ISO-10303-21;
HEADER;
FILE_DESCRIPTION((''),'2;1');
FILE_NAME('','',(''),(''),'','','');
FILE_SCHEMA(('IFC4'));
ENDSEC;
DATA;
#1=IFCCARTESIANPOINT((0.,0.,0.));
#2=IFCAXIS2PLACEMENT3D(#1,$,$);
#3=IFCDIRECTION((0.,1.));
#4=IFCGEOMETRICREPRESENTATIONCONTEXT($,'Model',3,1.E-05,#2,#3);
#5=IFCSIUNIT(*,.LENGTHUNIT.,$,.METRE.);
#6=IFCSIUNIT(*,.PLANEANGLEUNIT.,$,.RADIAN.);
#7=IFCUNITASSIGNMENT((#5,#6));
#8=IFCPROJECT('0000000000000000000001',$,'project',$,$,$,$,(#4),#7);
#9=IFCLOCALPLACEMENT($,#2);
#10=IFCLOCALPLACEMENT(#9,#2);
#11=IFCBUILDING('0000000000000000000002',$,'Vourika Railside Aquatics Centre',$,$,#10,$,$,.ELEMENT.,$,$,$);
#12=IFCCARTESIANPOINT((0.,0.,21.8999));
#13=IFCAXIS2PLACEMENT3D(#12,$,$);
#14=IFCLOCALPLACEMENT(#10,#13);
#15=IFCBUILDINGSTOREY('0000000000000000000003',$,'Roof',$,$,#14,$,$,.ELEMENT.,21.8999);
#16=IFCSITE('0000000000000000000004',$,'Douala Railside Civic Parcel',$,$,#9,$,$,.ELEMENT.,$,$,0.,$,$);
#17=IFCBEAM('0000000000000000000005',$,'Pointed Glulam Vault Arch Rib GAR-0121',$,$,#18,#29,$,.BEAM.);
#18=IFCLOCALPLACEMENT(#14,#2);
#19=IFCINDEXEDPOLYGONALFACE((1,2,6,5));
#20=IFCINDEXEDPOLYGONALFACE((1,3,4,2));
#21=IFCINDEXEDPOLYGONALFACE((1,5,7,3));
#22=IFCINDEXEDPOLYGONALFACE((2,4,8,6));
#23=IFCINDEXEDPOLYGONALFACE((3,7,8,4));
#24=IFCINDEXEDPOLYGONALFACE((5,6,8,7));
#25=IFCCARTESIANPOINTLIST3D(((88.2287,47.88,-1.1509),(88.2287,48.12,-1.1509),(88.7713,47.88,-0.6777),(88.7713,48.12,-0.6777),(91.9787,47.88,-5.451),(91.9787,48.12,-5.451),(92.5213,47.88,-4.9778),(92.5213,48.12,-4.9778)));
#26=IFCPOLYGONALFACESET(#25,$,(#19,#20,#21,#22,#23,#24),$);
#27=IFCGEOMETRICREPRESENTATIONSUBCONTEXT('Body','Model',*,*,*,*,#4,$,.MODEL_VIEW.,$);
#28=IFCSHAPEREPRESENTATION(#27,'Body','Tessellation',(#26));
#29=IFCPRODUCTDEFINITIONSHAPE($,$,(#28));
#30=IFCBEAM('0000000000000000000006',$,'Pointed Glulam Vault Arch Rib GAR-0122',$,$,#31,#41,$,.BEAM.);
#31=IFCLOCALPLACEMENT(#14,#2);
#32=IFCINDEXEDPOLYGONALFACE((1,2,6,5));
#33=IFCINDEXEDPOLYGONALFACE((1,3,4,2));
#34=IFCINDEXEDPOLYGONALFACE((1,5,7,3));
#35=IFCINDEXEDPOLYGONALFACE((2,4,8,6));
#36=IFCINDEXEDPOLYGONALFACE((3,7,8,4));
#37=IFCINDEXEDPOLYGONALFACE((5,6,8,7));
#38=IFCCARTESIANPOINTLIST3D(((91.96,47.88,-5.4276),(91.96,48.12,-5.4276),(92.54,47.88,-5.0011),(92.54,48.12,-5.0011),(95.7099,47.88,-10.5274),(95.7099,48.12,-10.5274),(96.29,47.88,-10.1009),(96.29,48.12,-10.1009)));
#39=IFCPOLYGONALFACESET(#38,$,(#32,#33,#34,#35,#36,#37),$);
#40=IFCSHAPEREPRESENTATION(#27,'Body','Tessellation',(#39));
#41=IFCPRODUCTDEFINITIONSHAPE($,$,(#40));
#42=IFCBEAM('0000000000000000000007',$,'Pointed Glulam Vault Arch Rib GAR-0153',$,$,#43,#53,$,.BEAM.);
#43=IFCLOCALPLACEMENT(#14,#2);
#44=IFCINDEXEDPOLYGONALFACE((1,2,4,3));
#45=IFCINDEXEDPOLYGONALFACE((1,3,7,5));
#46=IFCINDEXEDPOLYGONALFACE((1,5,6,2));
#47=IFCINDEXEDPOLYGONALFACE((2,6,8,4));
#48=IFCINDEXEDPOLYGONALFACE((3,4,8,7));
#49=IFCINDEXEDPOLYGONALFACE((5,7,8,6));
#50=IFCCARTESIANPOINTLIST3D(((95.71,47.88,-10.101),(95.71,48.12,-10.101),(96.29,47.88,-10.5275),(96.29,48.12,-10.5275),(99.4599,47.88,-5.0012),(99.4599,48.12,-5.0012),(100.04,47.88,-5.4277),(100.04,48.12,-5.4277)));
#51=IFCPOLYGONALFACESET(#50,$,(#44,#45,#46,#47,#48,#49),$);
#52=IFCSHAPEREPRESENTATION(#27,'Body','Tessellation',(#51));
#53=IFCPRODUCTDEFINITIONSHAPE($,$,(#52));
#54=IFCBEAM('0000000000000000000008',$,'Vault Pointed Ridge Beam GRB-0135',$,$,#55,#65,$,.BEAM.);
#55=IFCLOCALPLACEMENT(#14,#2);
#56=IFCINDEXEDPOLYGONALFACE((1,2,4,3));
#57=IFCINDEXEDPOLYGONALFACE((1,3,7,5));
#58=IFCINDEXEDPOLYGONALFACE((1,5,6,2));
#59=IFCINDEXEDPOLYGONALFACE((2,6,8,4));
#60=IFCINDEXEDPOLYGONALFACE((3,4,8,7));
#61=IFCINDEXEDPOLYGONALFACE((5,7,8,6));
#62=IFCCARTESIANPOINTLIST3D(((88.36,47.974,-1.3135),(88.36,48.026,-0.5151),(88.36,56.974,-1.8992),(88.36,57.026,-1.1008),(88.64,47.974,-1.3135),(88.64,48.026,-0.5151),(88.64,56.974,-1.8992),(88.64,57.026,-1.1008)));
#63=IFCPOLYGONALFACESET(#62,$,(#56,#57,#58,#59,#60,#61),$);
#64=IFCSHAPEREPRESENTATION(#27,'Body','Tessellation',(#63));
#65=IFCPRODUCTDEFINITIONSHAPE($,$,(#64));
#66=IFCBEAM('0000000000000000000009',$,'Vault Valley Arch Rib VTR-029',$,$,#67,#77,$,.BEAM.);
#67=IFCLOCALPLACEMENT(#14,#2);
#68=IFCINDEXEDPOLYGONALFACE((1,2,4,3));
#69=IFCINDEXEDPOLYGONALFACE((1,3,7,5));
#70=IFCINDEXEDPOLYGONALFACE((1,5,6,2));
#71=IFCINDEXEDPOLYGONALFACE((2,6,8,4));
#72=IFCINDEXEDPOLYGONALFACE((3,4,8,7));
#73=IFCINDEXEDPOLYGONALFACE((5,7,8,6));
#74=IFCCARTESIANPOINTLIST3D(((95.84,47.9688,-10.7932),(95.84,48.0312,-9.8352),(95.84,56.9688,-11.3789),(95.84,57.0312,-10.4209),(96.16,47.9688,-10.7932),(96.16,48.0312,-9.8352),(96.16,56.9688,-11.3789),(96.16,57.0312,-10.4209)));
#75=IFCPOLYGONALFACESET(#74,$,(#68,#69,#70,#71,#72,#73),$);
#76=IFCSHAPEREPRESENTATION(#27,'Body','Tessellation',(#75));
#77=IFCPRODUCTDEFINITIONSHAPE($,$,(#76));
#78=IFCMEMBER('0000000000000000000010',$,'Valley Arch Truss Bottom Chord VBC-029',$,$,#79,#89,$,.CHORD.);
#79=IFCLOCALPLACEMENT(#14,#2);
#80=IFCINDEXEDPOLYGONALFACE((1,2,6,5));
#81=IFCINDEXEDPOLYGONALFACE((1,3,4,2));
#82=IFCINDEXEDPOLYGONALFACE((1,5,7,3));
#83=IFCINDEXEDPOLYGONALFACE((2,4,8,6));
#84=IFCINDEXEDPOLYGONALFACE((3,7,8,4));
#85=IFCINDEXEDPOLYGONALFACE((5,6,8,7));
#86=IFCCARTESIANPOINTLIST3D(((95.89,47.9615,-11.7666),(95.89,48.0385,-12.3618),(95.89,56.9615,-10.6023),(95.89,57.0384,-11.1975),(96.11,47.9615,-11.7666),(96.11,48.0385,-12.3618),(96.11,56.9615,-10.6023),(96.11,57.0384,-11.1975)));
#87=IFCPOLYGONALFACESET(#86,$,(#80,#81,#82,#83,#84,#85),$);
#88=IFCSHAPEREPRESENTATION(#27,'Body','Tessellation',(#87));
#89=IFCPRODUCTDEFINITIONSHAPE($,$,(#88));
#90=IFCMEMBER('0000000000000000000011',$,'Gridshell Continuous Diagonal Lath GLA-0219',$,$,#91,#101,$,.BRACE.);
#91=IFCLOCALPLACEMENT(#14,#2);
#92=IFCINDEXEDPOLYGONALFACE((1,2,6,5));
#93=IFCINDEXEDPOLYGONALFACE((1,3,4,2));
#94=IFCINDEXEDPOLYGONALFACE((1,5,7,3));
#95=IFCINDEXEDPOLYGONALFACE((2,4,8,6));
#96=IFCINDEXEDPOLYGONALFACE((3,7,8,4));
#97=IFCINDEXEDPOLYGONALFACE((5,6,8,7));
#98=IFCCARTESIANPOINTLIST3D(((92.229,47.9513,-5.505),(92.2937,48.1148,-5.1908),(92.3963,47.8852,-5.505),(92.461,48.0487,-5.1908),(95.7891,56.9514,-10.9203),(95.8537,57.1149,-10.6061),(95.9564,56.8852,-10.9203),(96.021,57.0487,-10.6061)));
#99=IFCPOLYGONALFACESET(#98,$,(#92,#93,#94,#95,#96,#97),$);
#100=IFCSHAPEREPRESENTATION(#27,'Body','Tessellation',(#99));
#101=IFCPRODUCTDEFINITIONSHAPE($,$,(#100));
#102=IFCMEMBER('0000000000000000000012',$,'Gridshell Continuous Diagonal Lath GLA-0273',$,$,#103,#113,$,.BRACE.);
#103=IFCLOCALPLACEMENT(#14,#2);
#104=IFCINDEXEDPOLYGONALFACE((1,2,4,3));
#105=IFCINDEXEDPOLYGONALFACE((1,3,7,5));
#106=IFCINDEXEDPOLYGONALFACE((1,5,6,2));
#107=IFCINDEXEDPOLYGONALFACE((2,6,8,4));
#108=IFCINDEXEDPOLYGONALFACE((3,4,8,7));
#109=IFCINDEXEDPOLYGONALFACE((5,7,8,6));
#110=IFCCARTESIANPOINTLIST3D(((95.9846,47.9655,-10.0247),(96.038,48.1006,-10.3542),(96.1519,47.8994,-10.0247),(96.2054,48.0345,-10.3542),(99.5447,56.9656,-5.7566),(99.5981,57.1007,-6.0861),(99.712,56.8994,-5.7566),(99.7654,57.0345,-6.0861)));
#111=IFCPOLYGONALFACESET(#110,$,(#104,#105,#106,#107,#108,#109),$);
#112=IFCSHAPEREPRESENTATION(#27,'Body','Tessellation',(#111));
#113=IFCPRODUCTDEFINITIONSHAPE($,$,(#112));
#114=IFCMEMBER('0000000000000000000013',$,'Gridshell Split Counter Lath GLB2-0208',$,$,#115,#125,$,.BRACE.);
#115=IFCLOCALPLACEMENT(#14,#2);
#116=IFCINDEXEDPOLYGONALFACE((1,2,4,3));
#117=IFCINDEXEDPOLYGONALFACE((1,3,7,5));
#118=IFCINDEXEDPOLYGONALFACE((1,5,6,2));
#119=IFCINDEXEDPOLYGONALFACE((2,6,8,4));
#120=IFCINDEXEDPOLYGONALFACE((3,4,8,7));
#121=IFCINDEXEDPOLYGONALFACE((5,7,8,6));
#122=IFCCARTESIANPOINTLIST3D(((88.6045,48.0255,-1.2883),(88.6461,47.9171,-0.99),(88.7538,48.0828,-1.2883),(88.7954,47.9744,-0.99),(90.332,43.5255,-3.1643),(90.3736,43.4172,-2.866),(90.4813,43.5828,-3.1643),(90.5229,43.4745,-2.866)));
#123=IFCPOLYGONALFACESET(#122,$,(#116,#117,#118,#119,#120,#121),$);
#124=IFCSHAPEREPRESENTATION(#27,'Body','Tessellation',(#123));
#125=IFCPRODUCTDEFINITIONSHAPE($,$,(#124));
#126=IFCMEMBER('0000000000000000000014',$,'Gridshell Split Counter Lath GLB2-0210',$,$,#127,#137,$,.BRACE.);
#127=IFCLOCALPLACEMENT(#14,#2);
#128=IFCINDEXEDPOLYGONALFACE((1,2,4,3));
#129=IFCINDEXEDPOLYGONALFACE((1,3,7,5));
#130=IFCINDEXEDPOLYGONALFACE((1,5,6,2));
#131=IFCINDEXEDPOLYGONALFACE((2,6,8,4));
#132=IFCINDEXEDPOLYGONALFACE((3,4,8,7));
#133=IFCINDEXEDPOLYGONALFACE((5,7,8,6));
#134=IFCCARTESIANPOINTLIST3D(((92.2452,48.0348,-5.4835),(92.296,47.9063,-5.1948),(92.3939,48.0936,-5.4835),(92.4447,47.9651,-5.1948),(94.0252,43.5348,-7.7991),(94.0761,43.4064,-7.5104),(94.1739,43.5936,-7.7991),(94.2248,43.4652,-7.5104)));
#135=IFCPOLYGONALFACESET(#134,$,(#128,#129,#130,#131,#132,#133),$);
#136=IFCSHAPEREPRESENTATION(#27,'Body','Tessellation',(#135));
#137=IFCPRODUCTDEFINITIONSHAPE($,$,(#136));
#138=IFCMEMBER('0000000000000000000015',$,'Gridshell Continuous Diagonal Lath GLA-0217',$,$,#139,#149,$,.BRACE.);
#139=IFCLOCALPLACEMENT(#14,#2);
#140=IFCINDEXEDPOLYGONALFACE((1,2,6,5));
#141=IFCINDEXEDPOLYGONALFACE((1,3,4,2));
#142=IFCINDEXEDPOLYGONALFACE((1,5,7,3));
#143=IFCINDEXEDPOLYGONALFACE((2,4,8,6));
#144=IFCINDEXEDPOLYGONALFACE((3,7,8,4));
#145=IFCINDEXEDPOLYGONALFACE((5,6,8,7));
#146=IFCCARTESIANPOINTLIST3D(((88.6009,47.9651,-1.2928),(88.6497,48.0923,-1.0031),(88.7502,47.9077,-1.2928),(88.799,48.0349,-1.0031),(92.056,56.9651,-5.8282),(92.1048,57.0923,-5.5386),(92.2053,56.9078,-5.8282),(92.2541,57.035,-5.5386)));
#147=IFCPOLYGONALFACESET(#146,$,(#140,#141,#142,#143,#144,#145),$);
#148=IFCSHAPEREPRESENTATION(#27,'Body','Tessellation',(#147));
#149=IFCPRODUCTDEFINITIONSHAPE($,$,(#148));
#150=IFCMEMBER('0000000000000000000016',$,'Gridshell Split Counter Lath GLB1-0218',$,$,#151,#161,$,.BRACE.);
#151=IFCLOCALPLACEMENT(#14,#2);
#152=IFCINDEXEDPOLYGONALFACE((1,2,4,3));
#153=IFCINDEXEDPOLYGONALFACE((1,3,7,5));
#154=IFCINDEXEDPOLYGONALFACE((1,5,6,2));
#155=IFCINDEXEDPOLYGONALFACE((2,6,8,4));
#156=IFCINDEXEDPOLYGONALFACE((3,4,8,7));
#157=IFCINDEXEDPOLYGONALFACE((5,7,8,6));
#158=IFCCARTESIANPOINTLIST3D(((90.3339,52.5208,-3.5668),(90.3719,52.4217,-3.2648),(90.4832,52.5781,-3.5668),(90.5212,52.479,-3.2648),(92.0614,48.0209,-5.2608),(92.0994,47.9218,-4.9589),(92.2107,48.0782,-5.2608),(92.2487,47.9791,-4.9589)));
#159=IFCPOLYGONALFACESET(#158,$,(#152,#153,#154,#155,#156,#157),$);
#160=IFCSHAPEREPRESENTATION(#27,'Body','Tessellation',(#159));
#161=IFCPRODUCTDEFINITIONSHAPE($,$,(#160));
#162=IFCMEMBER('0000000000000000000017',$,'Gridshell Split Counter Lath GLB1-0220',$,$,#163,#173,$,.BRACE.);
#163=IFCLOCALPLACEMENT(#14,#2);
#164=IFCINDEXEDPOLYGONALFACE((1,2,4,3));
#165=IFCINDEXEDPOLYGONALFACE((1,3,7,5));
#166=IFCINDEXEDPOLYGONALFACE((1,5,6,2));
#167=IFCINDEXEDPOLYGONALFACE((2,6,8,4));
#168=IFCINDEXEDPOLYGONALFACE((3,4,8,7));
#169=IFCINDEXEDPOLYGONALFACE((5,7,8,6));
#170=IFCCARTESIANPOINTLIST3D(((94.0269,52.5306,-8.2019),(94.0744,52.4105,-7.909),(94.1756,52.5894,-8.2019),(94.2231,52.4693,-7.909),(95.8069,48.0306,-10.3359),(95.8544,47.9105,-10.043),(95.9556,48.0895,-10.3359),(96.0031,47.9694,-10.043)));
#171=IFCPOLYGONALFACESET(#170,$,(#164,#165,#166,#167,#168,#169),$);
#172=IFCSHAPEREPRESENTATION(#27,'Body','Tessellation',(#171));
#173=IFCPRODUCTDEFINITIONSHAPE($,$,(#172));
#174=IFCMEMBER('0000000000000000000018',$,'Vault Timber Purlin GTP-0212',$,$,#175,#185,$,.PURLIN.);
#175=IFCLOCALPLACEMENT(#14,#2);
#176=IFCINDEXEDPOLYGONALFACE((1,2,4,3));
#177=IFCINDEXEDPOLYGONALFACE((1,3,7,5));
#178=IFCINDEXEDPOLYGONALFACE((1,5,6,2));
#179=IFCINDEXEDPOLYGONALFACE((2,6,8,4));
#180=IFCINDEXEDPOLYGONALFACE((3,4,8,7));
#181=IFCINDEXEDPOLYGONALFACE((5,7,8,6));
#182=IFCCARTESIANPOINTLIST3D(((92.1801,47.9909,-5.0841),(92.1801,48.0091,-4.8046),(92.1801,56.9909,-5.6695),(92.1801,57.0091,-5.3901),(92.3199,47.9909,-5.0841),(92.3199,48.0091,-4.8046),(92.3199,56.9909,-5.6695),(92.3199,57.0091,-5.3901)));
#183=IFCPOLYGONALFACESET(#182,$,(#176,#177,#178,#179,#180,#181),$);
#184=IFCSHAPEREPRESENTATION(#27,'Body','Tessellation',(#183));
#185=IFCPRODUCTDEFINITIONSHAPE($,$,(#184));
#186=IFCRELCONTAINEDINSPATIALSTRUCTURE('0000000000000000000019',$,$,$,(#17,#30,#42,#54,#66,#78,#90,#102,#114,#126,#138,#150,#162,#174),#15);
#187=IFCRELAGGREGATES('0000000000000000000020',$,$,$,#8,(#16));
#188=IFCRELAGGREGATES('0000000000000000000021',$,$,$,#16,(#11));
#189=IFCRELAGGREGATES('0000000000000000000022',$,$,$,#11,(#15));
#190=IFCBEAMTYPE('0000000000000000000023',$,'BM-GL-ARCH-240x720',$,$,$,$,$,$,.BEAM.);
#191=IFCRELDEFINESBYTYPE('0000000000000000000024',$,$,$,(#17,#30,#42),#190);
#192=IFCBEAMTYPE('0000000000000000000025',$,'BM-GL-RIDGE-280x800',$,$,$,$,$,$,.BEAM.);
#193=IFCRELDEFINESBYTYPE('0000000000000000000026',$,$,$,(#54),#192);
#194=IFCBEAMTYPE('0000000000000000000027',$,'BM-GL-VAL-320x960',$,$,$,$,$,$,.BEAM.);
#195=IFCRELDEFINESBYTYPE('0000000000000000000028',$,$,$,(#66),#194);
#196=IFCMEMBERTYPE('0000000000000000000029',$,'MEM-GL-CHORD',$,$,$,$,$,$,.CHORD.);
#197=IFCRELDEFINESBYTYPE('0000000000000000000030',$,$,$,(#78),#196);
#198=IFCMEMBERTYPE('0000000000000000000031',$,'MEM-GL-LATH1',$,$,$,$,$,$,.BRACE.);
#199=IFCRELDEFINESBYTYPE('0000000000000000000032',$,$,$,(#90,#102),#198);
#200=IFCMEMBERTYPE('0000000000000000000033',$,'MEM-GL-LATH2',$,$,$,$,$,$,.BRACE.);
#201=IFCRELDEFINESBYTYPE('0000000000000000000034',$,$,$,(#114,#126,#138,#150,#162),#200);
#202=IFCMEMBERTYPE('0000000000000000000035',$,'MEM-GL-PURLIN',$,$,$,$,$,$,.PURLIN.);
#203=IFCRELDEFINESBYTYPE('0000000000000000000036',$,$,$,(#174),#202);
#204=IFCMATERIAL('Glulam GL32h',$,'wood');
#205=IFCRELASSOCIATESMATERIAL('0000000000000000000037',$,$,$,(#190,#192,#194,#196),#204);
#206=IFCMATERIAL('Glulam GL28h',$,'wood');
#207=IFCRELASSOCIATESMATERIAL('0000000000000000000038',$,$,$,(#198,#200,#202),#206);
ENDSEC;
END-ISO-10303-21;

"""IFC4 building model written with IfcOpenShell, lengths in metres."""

from ifc_helpers import new_model, si_unit, direction, frame, origin, origin_2d, place, context, subcontext, project, spatial, rectangle, extrude, material, material_profile, profile_set, type_object, element, save


model = new_model("IFC4")

# Units and contexts
model_context = context("Model", 3, precision=1e-05, world=origin(), true_north=direction((0.0, 1.0)))
body_context = subcontext(model_context, "Body", "Model", "MODEL_VIEW")
ifc_project = project(units=[si_unit("LENGTHUNIT", "METRE"), si_unit("PLANEANGLEUNIT", "RADIAN")], contexts=[model_context])

# Site, building, storey
site_placement = place(None, origin())
site = spatial("IfcSite", under=ifc_project, at=site_placement, Name="Douala Railside Civic Parcel", CompositionType="ELEMENT", RefElevation=0.0)
building_placement = place(site_placement, origin())
building = spatial("IfcBuilding", under=site, at=building_placement, Name="Vourika Railside Aquatics Centre", CompositionType="ELEMENT")
storey_placement = place(building_placement, frame((0.0, 0.0, 21.8999)))
storey = spatial("IfcBuildingStorey", under=building, at=storey_placement, Name="Roof", CompositionType="ELEMENT", Elevation=21.8999)

# Beams
ifc_material_1 = material(Name="Glulam GL32h", Category="wood")
ifc_material_profile_1 = material_profile(ifc_material_1, rectangle(XDim=0.24, YDim=0.72, at=origin_2d()), Name="GL32h 240x720")
ifc_profile_set_1 = profile_set([ifc_material_profile_1], Name="Glulam GL32h")
beam_type_1 = type_object("IfcBeamType", Name="BM-GL-ARCH-240x720", PredefinedType="BEAM", material=ifc_profile_set_1)
beam_1_placement = place(storey_placement, frame((88.5, 48.0, -0.9143), z_axis=(0.657259, 0.0, -0.753665), x_axis=(0.0, 1.0, 0.0)))
element("IfcBeam", 1, at=beam_1_placement, inside=storey, type_object=beam_type_1, Name="Pointed Glulam Vault Arch Rib GAR-0121", PredefinedType="BEAM", context=body_context, shape_type="SweptSolid", body=[
    extrude(rectangle(XDim=0.24, YDim=0.72, at=origin_2d()), origin(), (0.0, 0.0, 1.0), 5.7056),
])
for number, where, z_axis, x_axis, name in (
    (2, (92.25, 48.0, -5.2144), (0.592401, 0.0, -0.805643), (0.0, 1.0, 0.0), "Pointed Glulam Vault Arch Rib GAR-0122"),
    (3, (96.0, 48.0, -10.3142), (0.592401, 0.0, 0.805643), (0.0, 1.0, 0.0), "Pointed Glulam Vault Arch Rib GAR-0153"),
):
    element("IfcBeam", number, at=place(storey_placement, frame(where, z_axis=z_axis, x_axis=x_axis)), inside=storey, type_object=beam_type_1, Name=name, PredefinedType="BEAM", context=body_context, shape_type="SweptSolid", body=[
        extrude(rectangle(XDim=0.24, YDim=0.72, at=origin_2d()), origin(), (0.0, 0.0, 1.0), 6.3301),
    ])
ifc_material_profile_2 = material_profile(ifc_material_1, rectangle(XDim=0.28, YDim=0.8, at=origin_2d()), Name="GL32h 280x800")
ifc_profile_set_2 = profile_set([ifc_material_profile_2], Name="Glulam GL32h")
beam_type_2 = type_object("IfcBeamType", Name="BM-GL-RIDGE-280x800", PredefinedType="BEAM", material=ifc_profile_set_2)
beam_2_placement = place(storey_placement, frame((88.5, 48.0, -0.9143), z_axis=(0.0, 0.997889, -0.06494), x_axis=(-1.0, 0.0, 0.0)))
element("IfcBeam", 4, at=beam_2_placement, inside=storey, type_object=beam_type_2, Name="Vault Pointed Ridge Beam GRB-0135", PredefinedType="BEAM", context=body_context, shape_type="SweptSolid", body=[
    extrude(rectangle(XDim=0.28, YDim=0.8, at=origin_2d()), origin(), (0.0, 0.0, 1.0), 9.019),
])
ifc_material_profile_3 = material_profile(ifc_material_1, rectangle(XDim=0.3201, YDim=0.96, at=origin_2d()), Name="GL32h 320x960")
ifc_profile_set_3 = profile_set([ifc_material_profile_3], Name="Glulam GL32h")
beam_type_3 = type_object("IfcBeamType", Name="BM-GL-VAL-320x960", PredefinedType="BEAM", material=ifc_profile_set_3)
beam_3_placement = place(storey_placement, frame((96.0, 48.0, -10.3142), z_axis=(0.0, 0.997889, -0.06494), x_axis=(-1.0, 0.0, 0.0)))
element("IfcBeam", 5, at=beam_3_placement, inside=storey, type_object=beam_type_3, Name="Vault Valley Arch Rib VTR-029", PredefinedType="BEAM", context=body_context, shape_type="SweptSolid", body=[
    extrude(rectangle(XDim=0.3201, YDim=0.96, at=origin_2d()), origin(), (0.0, 0.0, 1.0), 9.019),
])

# Members
ifc_material_profile_4 = material_profile(ifc_material_1, rectangle(XDim=0.22, YDim=0.6001, at=origin_2d()), Name="GL32h 220x600")
ifc_profile_set_4 = profile_set([ifc_material_profile_4], Name="Glulam GL32h")
member_type_1 = type_object("IfcMemberType", Name="MEM-GL-CHORD", PredefinedType="CHORD", material=ifc_profile_set_4)
member_1_placement = place(storey_placement, frame((96.0, 48.0, -12.0642), z_axis=(0.0, 0.991736, 0.128298), x_axis=(-1.0, 0.0, 0.0)))
element("IfcMember", 6, at=member_1_placement, inside=storey, type_object=member_type_1, Name="Valley Arch Truss Bottom Chord VBC-029", PredefinedType="CHORD", context=body_context, shape_type="SweptSolid", body=[
    extrude(rectangle(XDim=0.22, YDim=0.6001, at=origin_2d()), origin(), (0.0, 0.0, 1.0), 9.075),
])
ifc_material_2 = material(Name="Glulam GL28h", Category="wood")
ifc_material_profile_5 = material_profile(ifc_material_2, rectangle(XDim=0.1799, YDim=0.3601, at=origin_2d()), Name="GL28h 180x360")
ifc_profile_set_5 = profile_set([ifc_material_profile_5], Name="Glulam GL28h")
member_type_2 = type_object("IfcMemberType", Name="MEM-GL-LATH1", PredefinedType="BRACE", material=ifc_profile_set_5)
member_2_placement = place(storey_placement, frame((92.345, 48.0, -5.3479), z_axis=(0.321001, 0.811505, -0.488281), x_axis=(-0.929893, 0.36783, 0.0)))
element("IfcMember", 7, at=member_2_placement, inside=storey, type_object=member_type_2, Name="Gridshell Continuous Diagonal Lath GLA-0219", PredefinedType="BRACE", context=body_context, shape_type="SweptSolid", body=[
    extrude(rectangle(XDim=0.1799, YDim=0.3601, at=origin_2d()), origin(), (0.0, 0.0, 1.0), 11.0906),
])
member_3_placement = place(storey_placement, frame((96.095, 48.0, -10.1895), z_axis=(0.336559, 0.850836, 0.403492), x_axis=(-0.929893, 0.36783, 0.0)))
element("IfcMember", 8, at=member_3_placement, inside=storey, type_object=member_type_2, Name="Gridshell Continuous Diagonal Lath GLA-0273", PredefinedType="BRACE", context=body_context, shape_type="SweptSolid", body=[
    extrude(rectangle(XDim=0.1799, YDim=0.3601, at=origin_2d()), origin(), (0.0, 0.0, 1.0), 10.5779),
])
ifc_material_profile_6 = material_profile(ifc_material_2, rectangle(XDim=0.1599, YDim=0.3201, at=origin_2d()), Name="GL28h 160x320")
ifc_profile_set_6 = profile_set([ifc_material_profile_6], Name="Glulam GL28h")
member_type_3 = type_object("IfcMemberType", Name="MEM-GL-LATH2", PredefinedType="BRACE", material=ifc_profile_set_6)
member_4_placement = place(storey_placement, frame((90.4275, 43.5, -3.0151), z_axis=(-0.333992, 0.870003, 0.36269), x_axis=(-0.93357, -0.358395, 0.0)))
element("IfcMember", 9, at=member_4_placement, inside=storey, type_object=member_type_3, Name="Gridshell Split Counter Lath GLB2-0208", PredefinedType="BRACE", context=body_context, shape_type="SweptSolid", body=[
    extrude(rectangle(XDim=0.1599, YDim=0.3201, at=origin_2d()), origin(), (0.0, 0.0, 1.0), 5.1724),
])
member_5_placement = place(storey_placement, frame((94.125, 43.5, -7.6548), z_axis=(-0.331799, 0.838804, 0.431644), x_axis=(-0.929893, -0.36783, 0.0)))
element("IfcMember", 10, at=member_5_placement, inside=storey, type_object=member_type_3, Name="Gridshell Split Counter Lath GLB2-0210", PredefinedType="BRACE", context=body_context, shape_type="SweptSolid", body=[
    extrude(rectangle(XDim=0.1599, YDim=0.3201, at=origin_2d()), origin(), (0.0, 0.0, 1.0), 5.3647),
])
member_6_placement = place(storey_placement, frame((88.7, 48.0, -1.1479), z_axis=(0.324299, 0.844754, -0.4257), x_axis=(-0.93357, 0.358395, 0.0)))
element("IfcMember", 11, at=member_6_placement, inside=storey, type_object=member_type_3, Name="Gridshell Continuous Diagonal Lath GLA-0217", PredefinedType="BRACE", context=body_context, shape_type="SweptSolid", body=[
    extrude(rectangle(XDim=0.1599, YDim=0.3201, at=origin_2d()), origin(), (0.0, 0.0, 1.0), 10.6541),
])
member_7_placement = place(storey_placement, frame((92.155, 48.0, -5.1099), z_axis=(-0.338121, 0.880757, 0.331574), x_axis=(-0.93357, -0.358395, 0.0)))
element("IfcMember", 12, at=member_7_placement, inside=storey, type_object=member_type_3, Name="Gridshell Split Counter Lath GLB1-0218", PredefinedType="BRACE", context=body_context, shape_type="SweptSolid", body=[
    extrude(rectangle(XDim=0.1599, YDim=0.3201, at=origin_2d()), origin(), (0.0, 0.0, 1.0), 5.1091),
])
member_8_placement = place(storey_placement, frame((95.905, 48.0, -10.1895), z_axis=(-0.336559, 0.850836, 0.403492), x_axis=(-0.929893, -0.36783, 0.0)))
element("IfcMember", 13, at=member_8_placement, inside=storey, type_object=member_type_3, Name="Gridshell Split Counter Lath GLB1-0220", PredefinedType="BRACE", context=body_context, shape_type="SweptSolid", body=[
    extrude(rectangle(XDim=0.1599, YDim=0.3201, at=origin_2d()), origin(), (0.0, 0.0, 1.0), 5.2888),
])
ifc_material_profile_7 = material_profile(ifc_material_2, rectangle(XDim=0.1399, YDim=0.28, at=origin_2d()), Name="GL28h 140x280")
ifc_profile_set_7 = profile_set([ifc_material_profile_7], Name="Glulam GL28h")
member_type_4 = type_object("IfcMemberType", Name="MEM-GL-PURLIN", PredefinedType="PURLIN", material=ifc_profile_set_7)
member_9_placement = place(storey_placement, frame((92.25, 48.0, -4.9443), z_axis=(0.0, 0.997891, -0.064913), x_axis=(-1.0, 0.0, 0.0)))
element("IfcMember", 14, at=member_9_placement, inside=storey, type_object=member_type_4, Name="Vault Timber Purlin GTP-0212", PredefinedType="PURLIN", context=body_context, shape_type="SweptSolid", body=[
    extrude(rectangle(XDim=0.1399, YDim=0.28, at=origin_2d()), origin(), (0.0, 0.0, 1.0), 9.019),
])

save(model, "model.ifc")
